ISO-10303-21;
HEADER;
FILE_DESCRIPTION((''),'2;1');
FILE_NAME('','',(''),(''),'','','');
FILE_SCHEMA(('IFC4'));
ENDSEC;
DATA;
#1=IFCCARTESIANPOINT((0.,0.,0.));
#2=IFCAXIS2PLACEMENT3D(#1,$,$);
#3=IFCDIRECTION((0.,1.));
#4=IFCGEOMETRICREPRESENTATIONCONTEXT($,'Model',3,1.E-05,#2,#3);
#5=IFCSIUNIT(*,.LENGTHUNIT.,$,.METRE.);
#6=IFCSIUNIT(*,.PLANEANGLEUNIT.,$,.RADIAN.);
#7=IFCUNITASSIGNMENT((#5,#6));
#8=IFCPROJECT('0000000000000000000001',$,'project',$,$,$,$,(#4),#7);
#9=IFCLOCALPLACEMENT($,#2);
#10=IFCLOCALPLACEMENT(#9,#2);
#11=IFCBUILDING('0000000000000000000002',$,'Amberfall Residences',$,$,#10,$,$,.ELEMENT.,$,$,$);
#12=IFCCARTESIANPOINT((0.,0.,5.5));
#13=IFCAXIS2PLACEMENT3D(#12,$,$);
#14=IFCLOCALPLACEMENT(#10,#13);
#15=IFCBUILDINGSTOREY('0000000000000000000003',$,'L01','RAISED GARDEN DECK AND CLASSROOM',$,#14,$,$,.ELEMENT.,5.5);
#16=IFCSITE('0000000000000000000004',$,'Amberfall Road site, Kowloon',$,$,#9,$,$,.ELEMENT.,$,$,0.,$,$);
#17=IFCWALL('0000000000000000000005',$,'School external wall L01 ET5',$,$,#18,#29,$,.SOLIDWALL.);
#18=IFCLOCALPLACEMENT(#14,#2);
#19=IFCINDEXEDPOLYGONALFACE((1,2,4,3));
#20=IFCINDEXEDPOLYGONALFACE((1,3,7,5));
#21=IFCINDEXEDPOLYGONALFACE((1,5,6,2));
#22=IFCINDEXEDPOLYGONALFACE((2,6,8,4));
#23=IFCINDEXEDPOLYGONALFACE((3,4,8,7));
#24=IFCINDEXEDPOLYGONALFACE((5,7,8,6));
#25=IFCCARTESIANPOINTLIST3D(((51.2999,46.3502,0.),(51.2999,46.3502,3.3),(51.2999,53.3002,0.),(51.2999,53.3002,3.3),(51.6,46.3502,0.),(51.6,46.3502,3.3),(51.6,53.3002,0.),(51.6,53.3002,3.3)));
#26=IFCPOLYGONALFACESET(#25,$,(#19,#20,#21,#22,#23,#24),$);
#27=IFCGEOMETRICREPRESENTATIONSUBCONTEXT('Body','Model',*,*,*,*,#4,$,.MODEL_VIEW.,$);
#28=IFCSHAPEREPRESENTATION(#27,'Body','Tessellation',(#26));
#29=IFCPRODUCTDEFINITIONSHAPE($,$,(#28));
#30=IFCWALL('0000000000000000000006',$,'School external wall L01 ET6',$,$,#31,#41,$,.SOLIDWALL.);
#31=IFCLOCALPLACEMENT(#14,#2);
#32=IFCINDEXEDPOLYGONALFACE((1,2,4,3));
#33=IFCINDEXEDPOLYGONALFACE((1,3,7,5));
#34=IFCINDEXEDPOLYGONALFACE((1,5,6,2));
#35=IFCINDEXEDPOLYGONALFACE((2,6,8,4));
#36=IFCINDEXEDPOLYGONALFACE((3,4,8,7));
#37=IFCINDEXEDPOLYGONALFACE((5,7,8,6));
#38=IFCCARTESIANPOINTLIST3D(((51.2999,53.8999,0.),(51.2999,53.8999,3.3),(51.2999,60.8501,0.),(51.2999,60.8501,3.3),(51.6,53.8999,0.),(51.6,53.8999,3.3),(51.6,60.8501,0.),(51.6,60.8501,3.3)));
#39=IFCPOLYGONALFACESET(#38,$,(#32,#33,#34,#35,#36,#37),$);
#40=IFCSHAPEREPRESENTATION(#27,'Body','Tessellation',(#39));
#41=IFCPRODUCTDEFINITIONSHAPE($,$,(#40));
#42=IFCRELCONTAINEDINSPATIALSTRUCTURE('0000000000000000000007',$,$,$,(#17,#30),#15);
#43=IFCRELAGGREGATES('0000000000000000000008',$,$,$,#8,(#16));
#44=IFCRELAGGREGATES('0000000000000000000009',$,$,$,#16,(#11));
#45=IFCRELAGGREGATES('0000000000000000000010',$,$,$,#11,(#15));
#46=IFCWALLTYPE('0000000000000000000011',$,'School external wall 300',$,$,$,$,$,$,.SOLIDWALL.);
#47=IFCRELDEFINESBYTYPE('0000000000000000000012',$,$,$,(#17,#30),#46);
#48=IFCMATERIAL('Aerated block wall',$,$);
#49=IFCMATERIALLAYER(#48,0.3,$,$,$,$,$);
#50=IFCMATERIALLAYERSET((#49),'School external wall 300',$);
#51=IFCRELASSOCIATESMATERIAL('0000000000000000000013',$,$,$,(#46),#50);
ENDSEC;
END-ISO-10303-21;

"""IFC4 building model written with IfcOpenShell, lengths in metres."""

from ifc_helpers import new_model, si_unit, direction, frame, frame_2d, origin, place, context, subcontext, project, spatial, rectangle, extrude, material, layer, layer_set, type_object, element, save


model = new_model("IFC4")

# Units and contexts
model_context = context("Model", 3, precision=1e-05, world=origin(), true_north=direction((0.0, 1.0)))
body_context = subcontext(model_context, "Body", "Model", "MODEL_VIEW")
ifc_project = project(units=[si_unit("LENGTHUNIT", "METRE"), si_unit("PLANEANGLEUNIT", "RADIAN")], contexts=[model_context])

# Site, building, storey
site_placement = place(None, origin())
site = spatial("IfcSite", under=ifc_project, at=site_placement, Name="Amberfall Road site, Kowloon", CompositionType="ELEMENT", RefElevation=0.0)
building_placement = place(site_placement, origin())
building = spatial("IfcBuilding", under=site, at=building_placement, Name="Amberfall Residences", CompositionType="ELEMENT")
storey_placement = place(building_placement, frame((0.0, 0.0, 5.5)))
storey = spatial("IfcBuildingStorey", under=building, at=storey_placement, Name="L01", Description="RAISED GARDEN DECK AND CLASSROOM", CompositionType="ELEMENT", Elevation=5.5)

# Walls
ifc_material_1 = material(Name="Aerated block wall")
ifc_layer_1 = layer(ifc_material_1, 0.3)
ifc_layer_set_1 = layer_set([ifc_layer_1], Name="School external wall 300")
wall_type_1 = type_object("IfcWallType", Name="School external wall 300", PredefinedType="SOLIDWALL", material=ifc_layer_set_1)
wall_1_placement = place(storey_placement, frame((51.45, 46.3501, 0.0), z_axis=(0.0, 0.0, 1.0), x_axis=(0.0, 1.0, 0.0)))
element("IfcWall", 1, at=wall_1_placement, inside=storey, type_object=wall_type_1, Name="School external wall L01 ET5", PredefinedType="SOLIDWALL", context=body_context, shape_type="SweptSolid", body=[
    extrude(rectangle(XDim=6.95, YDim=0.3, at=frame_2d((3.4751, 0.0))), origin(), (0.0, 0.0, 1.0), 3.3),
])
wall_2_placement = place(storey_placement, frame((51.45, 53.8999, 0.0), z_axis=(0.0, 0.0, 1.0), x_axis=(0.0, 1.0, 0.0)))
element("IfcWall", 2, at=wall_2_placement, inside=storey, type_object=wall_type_1, Name="School external wall L01 ET6", PredefinedType="SOLIDWALL", context=body_context, shape_type="SweptSolid", body=[
    extrude(rectangle(XDim=6.9502, YDim=0.3, at=frame_2d((3.4751, 0.0))), origin(), (0.0, 0.0, 1.0), 3.3),
])

save(model, "model.ifc")
